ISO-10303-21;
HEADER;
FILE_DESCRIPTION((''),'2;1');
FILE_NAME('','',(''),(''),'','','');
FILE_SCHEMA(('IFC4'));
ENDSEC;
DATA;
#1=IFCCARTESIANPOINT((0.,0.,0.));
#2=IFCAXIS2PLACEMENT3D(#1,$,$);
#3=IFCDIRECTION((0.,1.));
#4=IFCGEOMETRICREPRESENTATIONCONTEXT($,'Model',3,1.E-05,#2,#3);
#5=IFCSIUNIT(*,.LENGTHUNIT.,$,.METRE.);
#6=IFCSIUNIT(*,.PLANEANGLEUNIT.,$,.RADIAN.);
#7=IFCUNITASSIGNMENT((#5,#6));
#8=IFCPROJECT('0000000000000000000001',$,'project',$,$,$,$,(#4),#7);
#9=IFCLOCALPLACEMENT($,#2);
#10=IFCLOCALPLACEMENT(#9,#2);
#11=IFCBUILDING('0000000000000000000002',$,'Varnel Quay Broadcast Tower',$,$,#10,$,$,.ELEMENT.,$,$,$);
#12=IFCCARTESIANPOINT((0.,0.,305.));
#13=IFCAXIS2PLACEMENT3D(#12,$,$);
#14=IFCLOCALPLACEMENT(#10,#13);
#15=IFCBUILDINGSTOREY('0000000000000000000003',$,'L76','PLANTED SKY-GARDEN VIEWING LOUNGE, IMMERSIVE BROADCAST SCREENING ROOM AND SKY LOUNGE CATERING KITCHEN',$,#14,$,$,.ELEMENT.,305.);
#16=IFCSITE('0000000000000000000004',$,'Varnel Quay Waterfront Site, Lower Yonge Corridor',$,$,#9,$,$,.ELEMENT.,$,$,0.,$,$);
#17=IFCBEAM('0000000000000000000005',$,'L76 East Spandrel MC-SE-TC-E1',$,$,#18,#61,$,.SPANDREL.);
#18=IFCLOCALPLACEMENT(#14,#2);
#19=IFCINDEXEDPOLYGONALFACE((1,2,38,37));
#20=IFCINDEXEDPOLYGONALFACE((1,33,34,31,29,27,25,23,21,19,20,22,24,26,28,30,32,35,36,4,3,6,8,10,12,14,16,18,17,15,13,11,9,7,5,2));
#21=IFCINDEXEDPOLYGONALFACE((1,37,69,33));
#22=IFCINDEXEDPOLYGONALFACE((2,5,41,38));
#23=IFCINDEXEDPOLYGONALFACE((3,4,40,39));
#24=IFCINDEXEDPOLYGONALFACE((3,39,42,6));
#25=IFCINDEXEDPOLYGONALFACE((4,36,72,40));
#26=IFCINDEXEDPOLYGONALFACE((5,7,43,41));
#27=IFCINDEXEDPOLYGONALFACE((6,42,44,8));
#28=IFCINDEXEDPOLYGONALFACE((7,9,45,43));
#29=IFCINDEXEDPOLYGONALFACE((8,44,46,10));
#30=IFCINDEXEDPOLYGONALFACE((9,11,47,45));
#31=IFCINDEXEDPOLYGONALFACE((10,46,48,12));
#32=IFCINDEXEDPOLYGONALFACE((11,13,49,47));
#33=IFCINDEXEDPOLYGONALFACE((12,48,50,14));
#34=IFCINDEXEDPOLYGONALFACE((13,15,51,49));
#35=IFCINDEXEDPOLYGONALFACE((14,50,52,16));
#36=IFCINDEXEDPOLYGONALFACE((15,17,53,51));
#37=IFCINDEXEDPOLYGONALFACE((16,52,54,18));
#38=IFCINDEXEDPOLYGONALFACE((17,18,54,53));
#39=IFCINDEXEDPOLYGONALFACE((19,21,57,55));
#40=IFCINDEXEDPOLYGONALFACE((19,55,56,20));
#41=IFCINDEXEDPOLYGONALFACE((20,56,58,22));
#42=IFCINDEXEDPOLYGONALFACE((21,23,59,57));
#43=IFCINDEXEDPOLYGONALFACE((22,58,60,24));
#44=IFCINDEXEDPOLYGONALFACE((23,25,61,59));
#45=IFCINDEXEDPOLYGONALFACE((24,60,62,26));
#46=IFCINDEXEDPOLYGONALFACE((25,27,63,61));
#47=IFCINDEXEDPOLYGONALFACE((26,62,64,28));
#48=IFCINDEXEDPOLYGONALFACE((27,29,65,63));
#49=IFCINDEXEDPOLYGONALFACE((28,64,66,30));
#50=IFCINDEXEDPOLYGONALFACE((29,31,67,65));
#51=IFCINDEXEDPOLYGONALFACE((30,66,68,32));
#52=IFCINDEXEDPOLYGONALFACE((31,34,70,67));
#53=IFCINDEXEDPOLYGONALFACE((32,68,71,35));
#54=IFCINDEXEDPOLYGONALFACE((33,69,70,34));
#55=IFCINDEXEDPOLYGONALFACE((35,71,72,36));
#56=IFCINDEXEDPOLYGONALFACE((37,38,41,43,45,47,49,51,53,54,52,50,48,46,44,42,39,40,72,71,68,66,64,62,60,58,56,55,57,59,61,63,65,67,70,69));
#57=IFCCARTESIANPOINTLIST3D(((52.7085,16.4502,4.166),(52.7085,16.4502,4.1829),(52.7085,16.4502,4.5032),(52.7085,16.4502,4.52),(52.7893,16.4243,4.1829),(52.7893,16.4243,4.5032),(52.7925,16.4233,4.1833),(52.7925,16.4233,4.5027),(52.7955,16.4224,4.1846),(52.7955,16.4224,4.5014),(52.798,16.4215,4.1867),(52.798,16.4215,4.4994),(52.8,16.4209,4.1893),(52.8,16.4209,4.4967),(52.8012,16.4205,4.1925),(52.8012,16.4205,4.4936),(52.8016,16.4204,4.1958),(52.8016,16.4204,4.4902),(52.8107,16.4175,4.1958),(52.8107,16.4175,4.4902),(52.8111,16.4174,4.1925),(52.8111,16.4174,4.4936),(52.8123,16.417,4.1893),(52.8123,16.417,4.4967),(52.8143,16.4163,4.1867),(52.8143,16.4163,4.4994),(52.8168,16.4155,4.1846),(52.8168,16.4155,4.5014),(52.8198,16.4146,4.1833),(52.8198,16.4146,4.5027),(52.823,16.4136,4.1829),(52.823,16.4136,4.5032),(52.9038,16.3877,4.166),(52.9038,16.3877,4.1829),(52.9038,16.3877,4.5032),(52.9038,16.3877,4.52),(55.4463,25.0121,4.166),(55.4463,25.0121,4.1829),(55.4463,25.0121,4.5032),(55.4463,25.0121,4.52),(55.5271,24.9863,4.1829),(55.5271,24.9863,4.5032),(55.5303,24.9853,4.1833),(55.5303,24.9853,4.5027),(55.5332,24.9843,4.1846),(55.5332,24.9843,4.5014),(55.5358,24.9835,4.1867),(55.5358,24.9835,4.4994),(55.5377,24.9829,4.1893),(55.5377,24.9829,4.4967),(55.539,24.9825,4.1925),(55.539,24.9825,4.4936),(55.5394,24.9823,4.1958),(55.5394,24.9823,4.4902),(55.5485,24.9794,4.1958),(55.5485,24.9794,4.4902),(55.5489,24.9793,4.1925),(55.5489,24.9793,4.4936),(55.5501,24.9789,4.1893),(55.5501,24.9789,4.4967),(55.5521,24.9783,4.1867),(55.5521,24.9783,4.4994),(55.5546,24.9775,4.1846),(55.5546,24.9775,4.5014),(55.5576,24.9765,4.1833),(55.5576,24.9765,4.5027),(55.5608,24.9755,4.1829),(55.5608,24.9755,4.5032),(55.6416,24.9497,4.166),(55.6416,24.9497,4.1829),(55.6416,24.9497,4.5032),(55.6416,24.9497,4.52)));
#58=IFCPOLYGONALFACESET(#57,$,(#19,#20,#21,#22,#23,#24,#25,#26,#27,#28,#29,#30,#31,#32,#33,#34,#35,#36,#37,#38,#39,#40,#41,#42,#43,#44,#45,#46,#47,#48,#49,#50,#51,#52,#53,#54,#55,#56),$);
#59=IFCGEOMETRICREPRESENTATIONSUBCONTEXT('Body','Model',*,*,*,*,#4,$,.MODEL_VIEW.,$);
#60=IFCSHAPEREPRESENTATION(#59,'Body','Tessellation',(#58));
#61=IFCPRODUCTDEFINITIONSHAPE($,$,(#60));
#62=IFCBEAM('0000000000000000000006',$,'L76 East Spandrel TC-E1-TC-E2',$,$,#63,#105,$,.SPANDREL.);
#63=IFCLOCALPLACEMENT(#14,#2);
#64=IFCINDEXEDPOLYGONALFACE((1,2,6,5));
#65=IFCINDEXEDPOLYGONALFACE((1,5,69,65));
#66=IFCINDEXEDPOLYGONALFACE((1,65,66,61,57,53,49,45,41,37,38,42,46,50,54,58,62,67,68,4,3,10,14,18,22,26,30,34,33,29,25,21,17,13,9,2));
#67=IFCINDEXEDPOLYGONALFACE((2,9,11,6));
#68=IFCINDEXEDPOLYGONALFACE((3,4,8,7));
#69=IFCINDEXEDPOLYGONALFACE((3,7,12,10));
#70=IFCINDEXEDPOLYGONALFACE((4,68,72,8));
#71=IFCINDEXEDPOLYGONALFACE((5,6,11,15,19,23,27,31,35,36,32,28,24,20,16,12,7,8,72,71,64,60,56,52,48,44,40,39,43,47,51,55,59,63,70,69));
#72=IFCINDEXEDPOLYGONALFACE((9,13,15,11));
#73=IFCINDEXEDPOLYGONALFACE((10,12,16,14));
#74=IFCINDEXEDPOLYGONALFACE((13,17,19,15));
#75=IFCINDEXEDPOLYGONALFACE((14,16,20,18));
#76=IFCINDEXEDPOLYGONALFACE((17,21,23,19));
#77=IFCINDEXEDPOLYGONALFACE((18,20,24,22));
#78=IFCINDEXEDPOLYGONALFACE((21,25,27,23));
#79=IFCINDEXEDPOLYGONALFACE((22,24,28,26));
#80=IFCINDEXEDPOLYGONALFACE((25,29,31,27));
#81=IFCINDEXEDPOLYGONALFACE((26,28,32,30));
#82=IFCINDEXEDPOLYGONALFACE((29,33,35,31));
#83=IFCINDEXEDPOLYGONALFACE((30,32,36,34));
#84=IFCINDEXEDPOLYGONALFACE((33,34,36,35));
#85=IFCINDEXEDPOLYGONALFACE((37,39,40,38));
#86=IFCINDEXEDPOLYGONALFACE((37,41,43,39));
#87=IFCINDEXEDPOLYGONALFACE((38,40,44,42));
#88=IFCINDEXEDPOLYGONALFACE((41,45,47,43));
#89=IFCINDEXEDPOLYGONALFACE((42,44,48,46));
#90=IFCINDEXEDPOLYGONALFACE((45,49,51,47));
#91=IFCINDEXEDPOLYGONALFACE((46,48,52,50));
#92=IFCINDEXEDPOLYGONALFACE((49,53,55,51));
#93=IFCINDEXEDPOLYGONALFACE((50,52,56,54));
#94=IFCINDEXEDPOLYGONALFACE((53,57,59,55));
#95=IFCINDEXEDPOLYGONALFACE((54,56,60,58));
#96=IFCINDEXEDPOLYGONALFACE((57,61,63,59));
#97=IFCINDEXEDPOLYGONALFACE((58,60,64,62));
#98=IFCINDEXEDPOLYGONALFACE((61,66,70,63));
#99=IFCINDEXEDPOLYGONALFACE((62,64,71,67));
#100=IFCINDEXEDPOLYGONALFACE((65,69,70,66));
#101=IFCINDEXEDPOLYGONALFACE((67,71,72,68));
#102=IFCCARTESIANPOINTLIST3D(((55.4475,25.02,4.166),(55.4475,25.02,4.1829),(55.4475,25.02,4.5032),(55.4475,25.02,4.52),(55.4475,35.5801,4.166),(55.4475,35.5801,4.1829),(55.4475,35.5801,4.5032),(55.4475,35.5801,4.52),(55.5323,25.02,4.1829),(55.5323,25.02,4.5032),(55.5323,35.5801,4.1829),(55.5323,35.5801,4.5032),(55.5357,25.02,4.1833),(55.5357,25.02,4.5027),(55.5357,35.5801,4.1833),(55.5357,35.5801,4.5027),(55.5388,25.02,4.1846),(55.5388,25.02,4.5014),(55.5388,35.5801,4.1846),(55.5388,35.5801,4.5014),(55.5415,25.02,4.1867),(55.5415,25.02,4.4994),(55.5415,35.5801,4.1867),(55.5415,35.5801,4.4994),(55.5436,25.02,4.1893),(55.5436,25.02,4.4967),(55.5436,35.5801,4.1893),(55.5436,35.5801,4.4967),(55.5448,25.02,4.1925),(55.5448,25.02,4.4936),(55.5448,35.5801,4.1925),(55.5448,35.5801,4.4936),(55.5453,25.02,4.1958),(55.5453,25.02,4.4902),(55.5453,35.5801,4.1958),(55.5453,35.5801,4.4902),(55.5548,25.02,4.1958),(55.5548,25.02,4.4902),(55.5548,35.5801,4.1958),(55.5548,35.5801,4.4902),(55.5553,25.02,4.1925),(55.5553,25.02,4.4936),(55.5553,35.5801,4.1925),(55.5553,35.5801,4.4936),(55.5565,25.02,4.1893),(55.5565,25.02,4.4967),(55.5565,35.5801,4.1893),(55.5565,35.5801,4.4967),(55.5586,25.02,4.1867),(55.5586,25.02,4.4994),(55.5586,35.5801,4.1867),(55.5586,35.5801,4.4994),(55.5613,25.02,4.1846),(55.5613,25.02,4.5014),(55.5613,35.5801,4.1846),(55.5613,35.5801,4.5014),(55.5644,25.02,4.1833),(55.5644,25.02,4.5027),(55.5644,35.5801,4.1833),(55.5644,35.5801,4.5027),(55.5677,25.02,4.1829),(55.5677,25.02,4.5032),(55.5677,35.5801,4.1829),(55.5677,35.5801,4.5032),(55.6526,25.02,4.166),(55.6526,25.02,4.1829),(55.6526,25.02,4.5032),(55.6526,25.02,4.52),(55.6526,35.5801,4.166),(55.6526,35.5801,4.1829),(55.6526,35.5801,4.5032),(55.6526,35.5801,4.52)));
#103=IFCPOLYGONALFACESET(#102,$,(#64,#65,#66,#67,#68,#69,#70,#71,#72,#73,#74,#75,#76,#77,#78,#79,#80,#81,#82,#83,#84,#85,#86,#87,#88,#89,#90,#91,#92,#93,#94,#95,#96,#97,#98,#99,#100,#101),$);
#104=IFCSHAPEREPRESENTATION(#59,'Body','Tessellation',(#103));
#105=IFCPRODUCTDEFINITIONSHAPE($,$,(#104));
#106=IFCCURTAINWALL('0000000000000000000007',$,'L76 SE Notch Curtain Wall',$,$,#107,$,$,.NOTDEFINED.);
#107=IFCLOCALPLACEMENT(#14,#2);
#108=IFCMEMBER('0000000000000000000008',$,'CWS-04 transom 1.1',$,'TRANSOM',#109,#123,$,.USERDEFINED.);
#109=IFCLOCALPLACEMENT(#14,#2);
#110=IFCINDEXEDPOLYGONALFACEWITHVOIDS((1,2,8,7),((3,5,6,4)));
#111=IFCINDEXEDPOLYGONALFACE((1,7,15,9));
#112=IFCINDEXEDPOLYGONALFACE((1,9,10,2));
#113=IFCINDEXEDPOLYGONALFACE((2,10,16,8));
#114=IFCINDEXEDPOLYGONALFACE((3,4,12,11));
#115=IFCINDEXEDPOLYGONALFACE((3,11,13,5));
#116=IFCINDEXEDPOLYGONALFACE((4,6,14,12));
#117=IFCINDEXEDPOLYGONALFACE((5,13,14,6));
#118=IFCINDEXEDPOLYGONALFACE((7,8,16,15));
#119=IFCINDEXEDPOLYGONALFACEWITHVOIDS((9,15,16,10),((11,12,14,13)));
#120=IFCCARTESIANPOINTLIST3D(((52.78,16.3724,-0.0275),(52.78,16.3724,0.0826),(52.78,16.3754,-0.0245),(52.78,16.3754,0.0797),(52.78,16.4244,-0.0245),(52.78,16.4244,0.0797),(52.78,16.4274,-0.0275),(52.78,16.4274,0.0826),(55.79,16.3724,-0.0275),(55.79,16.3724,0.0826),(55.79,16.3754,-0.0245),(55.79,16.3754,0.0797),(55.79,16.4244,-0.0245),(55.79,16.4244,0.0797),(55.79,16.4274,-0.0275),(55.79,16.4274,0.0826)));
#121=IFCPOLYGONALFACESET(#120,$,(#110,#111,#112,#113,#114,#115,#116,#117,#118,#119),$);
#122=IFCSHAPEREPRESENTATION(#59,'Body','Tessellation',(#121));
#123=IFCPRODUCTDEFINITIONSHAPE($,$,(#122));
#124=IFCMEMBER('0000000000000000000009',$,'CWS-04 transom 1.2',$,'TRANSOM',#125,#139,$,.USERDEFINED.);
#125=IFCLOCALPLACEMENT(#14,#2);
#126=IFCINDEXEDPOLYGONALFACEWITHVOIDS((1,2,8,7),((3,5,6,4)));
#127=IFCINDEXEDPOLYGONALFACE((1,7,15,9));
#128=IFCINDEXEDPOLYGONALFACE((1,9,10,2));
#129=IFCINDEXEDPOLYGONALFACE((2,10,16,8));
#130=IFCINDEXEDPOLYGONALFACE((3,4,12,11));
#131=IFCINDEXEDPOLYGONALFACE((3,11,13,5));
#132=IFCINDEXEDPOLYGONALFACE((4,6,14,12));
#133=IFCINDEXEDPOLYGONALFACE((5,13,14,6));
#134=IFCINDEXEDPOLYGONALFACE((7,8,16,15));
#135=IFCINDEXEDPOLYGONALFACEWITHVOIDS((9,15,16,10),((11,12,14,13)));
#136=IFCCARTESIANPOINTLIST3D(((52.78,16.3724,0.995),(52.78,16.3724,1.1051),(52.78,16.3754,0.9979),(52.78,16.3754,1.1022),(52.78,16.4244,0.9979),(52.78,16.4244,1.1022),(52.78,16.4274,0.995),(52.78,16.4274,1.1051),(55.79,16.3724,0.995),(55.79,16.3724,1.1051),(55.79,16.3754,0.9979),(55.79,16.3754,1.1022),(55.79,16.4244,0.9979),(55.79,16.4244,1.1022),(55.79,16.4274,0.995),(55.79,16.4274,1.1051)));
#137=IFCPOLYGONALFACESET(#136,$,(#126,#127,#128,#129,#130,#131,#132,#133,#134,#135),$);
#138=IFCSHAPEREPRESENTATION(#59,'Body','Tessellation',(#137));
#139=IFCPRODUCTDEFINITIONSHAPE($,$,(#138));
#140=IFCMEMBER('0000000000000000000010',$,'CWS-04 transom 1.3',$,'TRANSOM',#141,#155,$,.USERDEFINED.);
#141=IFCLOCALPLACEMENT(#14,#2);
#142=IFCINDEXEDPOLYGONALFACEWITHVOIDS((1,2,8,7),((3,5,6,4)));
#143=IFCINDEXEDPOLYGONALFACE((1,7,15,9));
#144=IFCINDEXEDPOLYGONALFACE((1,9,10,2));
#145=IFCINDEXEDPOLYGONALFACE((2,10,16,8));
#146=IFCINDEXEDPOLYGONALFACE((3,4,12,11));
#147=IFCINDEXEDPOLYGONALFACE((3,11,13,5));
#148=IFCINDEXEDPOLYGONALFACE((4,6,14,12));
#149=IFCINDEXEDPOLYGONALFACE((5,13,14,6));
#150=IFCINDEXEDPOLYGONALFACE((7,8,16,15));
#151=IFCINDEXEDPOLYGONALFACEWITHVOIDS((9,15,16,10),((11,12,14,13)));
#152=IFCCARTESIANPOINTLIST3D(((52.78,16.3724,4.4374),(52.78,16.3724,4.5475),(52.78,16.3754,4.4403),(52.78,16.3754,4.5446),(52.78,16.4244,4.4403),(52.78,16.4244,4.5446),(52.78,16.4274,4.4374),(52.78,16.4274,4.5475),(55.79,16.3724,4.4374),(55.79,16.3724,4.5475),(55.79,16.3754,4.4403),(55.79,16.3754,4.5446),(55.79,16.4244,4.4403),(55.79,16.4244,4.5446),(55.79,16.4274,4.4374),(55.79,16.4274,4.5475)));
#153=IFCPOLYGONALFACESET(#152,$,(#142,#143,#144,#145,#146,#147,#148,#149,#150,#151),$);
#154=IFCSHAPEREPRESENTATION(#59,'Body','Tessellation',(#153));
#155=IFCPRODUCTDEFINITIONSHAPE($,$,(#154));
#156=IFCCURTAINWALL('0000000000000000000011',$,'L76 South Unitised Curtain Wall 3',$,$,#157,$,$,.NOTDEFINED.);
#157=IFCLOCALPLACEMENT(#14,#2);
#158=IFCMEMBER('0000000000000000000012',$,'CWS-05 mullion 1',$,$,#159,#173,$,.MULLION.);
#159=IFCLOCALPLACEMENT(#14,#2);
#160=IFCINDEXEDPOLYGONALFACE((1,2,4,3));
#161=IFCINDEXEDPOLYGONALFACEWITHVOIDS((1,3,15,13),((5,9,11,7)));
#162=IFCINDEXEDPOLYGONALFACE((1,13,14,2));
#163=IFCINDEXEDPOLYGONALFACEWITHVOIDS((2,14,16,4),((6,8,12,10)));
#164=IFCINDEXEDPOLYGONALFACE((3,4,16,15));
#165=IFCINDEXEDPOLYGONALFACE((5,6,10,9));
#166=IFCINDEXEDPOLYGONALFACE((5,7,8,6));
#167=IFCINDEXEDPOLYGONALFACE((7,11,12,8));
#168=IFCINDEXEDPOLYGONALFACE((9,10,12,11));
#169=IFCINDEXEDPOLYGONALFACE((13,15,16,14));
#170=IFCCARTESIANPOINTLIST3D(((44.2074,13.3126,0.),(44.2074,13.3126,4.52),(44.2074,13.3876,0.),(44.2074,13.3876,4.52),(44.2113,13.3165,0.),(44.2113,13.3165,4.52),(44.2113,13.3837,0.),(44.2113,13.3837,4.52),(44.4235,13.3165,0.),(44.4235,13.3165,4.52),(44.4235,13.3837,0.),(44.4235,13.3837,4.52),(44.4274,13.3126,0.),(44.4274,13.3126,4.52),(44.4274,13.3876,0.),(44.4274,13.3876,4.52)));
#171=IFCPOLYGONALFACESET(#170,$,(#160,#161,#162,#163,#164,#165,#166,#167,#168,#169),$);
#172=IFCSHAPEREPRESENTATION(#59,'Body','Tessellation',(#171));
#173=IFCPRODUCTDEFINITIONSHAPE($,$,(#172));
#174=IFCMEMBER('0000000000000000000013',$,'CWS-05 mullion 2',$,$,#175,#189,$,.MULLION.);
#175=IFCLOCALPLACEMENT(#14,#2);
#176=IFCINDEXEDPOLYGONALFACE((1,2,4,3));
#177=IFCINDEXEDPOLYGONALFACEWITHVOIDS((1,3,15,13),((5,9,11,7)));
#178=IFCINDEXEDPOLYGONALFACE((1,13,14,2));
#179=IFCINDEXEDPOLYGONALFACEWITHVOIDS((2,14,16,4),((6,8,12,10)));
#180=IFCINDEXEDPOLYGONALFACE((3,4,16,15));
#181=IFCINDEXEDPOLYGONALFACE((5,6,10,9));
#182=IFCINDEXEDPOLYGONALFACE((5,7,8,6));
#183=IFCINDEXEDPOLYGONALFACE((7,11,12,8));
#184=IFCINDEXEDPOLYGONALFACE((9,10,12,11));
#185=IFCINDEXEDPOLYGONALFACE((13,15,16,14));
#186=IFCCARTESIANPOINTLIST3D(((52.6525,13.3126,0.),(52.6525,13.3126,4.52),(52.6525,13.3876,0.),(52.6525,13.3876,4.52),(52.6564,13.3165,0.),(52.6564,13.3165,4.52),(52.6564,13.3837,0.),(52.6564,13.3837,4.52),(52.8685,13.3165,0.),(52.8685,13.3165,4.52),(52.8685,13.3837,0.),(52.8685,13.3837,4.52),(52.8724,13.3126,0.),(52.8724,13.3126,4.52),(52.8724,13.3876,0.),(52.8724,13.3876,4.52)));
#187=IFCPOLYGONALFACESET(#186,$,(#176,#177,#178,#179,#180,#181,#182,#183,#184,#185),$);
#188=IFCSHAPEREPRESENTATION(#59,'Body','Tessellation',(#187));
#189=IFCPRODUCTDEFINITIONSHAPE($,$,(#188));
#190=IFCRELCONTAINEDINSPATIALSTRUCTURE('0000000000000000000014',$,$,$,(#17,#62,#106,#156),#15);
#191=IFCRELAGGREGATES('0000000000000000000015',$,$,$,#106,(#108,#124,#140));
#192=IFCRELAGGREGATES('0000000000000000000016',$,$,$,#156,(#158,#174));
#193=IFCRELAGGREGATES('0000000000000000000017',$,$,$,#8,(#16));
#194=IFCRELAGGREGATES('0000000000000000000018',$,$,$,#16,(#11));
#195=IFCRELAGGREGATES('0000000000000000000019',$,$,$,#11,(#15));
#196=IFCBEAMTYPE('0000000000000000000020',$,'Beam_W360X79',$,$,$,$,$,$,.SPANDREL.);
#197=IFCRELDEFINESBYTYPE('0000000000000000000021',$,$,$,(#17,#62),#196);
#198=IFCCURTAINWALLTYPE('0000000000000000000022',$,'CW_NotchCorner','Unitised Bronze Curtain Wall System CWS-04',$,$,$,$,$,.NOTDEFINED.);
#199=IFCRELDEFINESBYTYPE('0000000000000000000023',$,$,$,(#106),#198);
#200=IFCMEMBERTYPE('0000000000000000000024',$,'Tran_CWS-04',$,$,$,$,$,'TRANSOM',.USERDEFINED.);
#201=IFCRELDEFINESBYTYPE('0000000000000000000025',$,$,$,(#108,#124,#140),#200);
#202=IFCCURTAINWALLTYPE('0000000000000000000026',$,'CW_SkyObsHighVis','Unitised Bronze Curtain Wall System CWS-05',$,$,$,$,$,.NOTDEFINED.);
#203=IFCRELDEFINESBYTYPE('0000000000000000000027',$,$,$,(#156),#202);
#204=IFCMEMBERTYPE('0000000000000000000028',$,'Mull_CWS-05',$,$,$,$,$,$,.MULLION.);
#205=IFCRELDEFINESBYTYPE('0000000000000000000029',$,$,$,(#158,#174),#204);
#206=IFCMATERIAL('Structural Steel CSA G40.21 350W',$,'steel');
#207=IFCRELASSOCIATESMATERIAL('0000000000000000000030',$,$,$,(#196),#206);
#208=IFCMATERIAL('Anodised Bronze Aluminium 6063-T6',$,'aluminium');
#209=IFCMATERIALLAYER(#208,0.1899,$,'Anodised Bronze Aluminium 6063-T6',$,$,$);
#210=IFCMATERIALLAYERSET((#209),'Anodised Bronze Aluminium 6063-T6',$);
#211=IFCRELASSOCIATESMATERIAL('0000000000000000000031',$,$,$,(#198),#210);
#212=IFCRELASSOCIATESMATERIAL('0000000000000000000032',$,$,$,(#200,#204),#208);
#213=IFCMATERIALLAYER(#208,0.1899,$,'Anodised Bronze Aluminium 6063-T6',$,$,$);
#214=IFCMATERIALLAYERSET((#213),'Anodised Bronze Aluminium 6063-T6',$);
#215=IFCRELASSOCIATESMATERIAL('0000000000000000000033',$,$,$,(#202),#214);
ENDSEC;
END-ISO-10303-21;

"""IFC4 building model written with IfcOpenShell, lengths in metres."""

from ifc_helpers import new_model, si_unit, direction, frame, origin, origin_2d, place, context, subcontext, project, spatial, hollow_rectangle, i_section, extrude, source, transform, mapped, material, layer, layer_set, material_profile, profile_set, type_object, type_shapes, element, aggregate, save


model = new_model("IFC4")

# Units and contexts
model_context = context("Model", 3, precision=1e-05, world=origin(), true_north=direction((0.0, 1.0)))
body_context = subcontext(model_context, "Body", "Model", "MODEL_VIEW")
ifc_project = project(units=[si_unit("LENGTHUNIT", "METRE"), si_unit("PLANEANGLEUNIT", "RADIAN")], contexts=[model_context])

# Site, building, storey
site_placement = place(None, origin())
site = spatial("IfcSite", under=ifc_project, at=site_placement, Name="Varnel Quay Waterfront Site, Lower Yonge Corridor", CompositionType="ELEMENT", RefElevation=0.0)
building_placement = place(site_placement, origin())
building = spatial("IfcBuilding", under=site, at=building_placement, Name="Varnel Quay Broadcast Tower", CompositionType="ELEMENT")
storey_placement = place(building_placement, frame((0.0, 0.0, 305.0)))
storey = spatial("IfcBuildingStorey", under=building, at=storey_placement, Name="L76", Description="PLANTED SKY-GARDEN VIEWING LOUNGE, IMMERSIVE BROADCAST SCREENING ROOM AND SKY LOUNGE CATERING KITCHEN", CompositionType="ELEMENT", Elevation=305.0)

# Shared definitions
ifc_material_1 = material(Name="Structural Steel CSA G40.21 350W", Category="steel")

# Beams
ifc_material_profile_1 = material_profile(ifc_material_1, i_section(OverallWidth=0.2051, OverallDepth=0.354, WebThickness=0.0095, FlangeThickness=0.0168, FilletRadius=0.0129, at=origin_2d()), Name="W360X79")
ifc_profile_set_1 = profile_set([ifc_material_profile_1], Name="Structural Steel CSA G40.21 350W")
beam_type = type_object("IfcBeamType", Name="Beam_W360X79", PredefinedType="SPANDREL", material=ifc_profile_set_1)
shared_shape_1 = source(origin(), body_context, "Body", "SweptSolid", [
    extrude(i_section(OverallWidth=0.2051, OverallDepth=0.354, WebThickness=0.0095, FlangeThickness=0.0168, FilletRadius=0.0129, at=origin_2d()), origin(), (0.0, 0.0, 1.0), 8.989),
])
beam_1_placement = place(storey_placement, frame((52.8062, 16.4189, 4.343), z_axis=(0.304569, 0.95249, 0.0), x_axis=(-0.95249, 0.304569, 0.0)))
element("IfcBeam", 1, at=beam_1_placement, inside=storey, type_object=beam_type, Name="L76 East Spandrel MC-SE-TC-E1", PredefinedType="SPANDREL", context=body_context, shape_type="MappedRepresentation", body=[
    mapped(shared_shape_1, transform((0.0, 0.0, 0.0), x_axis=(1.0, 0.0, 0.0), y_axis=(0.0, 1.0, 0.0), z_axis=(0.0, 0.0, 1.0), scale=1.0)),
])
shared_shape_2 = source(origin(), body_context, "Body", "SweptSolid", [
    extrude(i_section(OverallWidth=0.2051, OverallDepth=0.354, WebThickness=0.0095, FlangeThickness=0.0168, FilletRadius=0.0129, at=origin_2d()), origin(), (0.0, 0.0, 1.0), 10.5601),
])
beam_2_placement = place(storey_placement, frame((55.55, 25.02, 4.343), z_axis=(0.0, 1.0, 0.0), x_axis=(-1.0, 0.0, 0.0)))
element("IfcBeam", 2, at=beam_2_placement, inside=storey, type_object=beam_type, Name="L76 East Spandrel TC-E1-TC-E2", PredefinedType="SPANDREL", context=body_context, shape_type="MappedRepresentation", body=[
    mapped(shared_shape_2, transform((0.0, 0.0, 0.0), x_axis=(1.0, 0.0, 0.0), y_axis=(0.0, 1.0, 0.0), z_axis=(0.0, 0.0, 1.0), scale=1.0)),
])

# Curtain walls, members
ifc_material_2 = material(Name="Anodised Bronze Aluminium 6063-T6", Category="aluminium")
ifc_layer_1 = layer(ifc_material_2, 0.1899, Name="Anodised Bronze Aluminium 6063-T6")
ifc_layer_set_1 = layer_set([ifc_layer_1], Name="Anodised Bronze Aluminium 6063-T6")
curtain_wall_type_1 = type_object("IfcCurtainWallType", Name="CW_NotchCorner", Description="Unitised Bronze Curtain Wall System CWS-04", PredefinedType="NOTDEFINED", material=ifc_layer_set_1)
curtain_wall_1_placement = place(storey_placement, origin())
curtain_wall_1 = element("IfcCurtainWall", 3, at=curtain_wall_1_placement, inside=storey, type_object=curtain_wall_type_1, Name="L76 SE Notch Curtain Wall", PredefinedType="NOTDEFINED")
ifc_material_profile_2 = material_profile(ifc_material_2, hollow_rectangle(XDim=0.0549, YDim=0.1101, WallThickness=0.0029, at=origin_2d()), Name="ALU55X110X3")
ifc_profile_set_2 = profile_set([ifc_material_profile_2], Name="Anodised Bronze Aluminium 6063-T6")
member_type_1 = type_object("IfcMemberType", Name="Tran_CWS-04", ElementType="TRANSOM", PredefinedType="USERDEFINED", material=ifc_profile_set_2)
shared_shape_3 = source(origin(), body_context, "Body", "SweptSolid", [
    extrude(hollow_rectangle(XDim=0.0549, YDim=0.1101, WallThickness=0.0029, at=origin_2d()), origin(), (0.0, 0.0, 1.0), 3.01),
])
type_shapes(member_type_1, [shared_shape_3])
member_1_placement = place(storey_placement, frame((52.78, 16.3999, 0.0276), z_axis=(1.0, 0.0, 0.0), x_axis=(0.0, 1.0, 0.0)))
member_1 = element("IfcMember", 4, at=member_1_placement, type_object=member_type_1, Name="CWS-04 transom 1.1", ObjectType="TRANSOM", PredefinedType="USERDEFINED", context=body_context, shape_type="MappedRepresentation", body=[
    mapped(shared_shape_3, transform((0.0, 0.0, 0.0), x_axis=(1.0, 0.0, 0.0), y_axis=(0.0, 1.0, 0.0), z_axis=(0.0, 0.0, 1.0), scale=1.0)),
])
member_2_placement = place(storey_placement, frame((52.78, 16.3999, 1.05), z_axis=(1.0, 0.0, 0.0), x_axis=(0.0, 1.0, 0.0)))
member_2 = element("IfcMember", 5, at=member_2_placement, type_object=member_type_1, Name="CWS-04 transom 1.2", ObjectType="TRANSOM", PredefinedType="USERDEFINED", context=body_context, shape_type="MappedRepresentation", body=[
    mapped(shared_shape_3, transform((0.0, 0.0, 0.0), x_axis=(1.0, 0.0, 0.0), y_axis=(0.0, 1.0, 0.0), z_axis=(0.0, 0.0, 1.0), scale=1.0)),
])
member_3_placement = place(storey_placement, frame((52.78, 16.3999, 4.4924), z_axis=(1.0, 0.0, 0.0), x_axis=(0.0, 1.0, 0.0)))
member_3 = element("IfcMember", 6, at=member_3_placement, type_object=member_type_1, Name="CWS-04 transom 1.3", ObjectType="TRANSOM", PredefinedType="USERDEFINED", context=body_context, shape_type="MappedRepresentation", body=[
    mapped(shared_shape_3, transform((0.0, 0.0, 0.0), x_axis=(1.0, 0.0, 0.0), y_axis=(0.0, 1.0, 0.0), z_axis=(0.0, 0.0, 1.0), scale=1.0)),
])
ifc_layer_2 = layer(ifc_material_2, 0.1899, Name="Anodised Bronze Aluminium 6063-T6")
ifc_layer_set_2 = layer_set([ifc_layer_2], Name="Anodised Bronze Aluminium 6063-T6")
curtain_wall_type_2 = type_object("IfcCurtainWallType", Name="CW_SkyObsHighVis", Description="Unitised Bronze Curtain Wall System CWS-05", PredefinedType="NOTDEFINED", material=ifc_layer_set_2)
curtain_wall_2_placement = place(storey_placement, origin())
curtain_wall_2 = element("IfcCurtainWall", 7, at=curtain_wall_2_placement, inside=storey, type_object=curtain_wall_type_2, Name="L76 South Unitised Curtain Wall 3", PredefinedType="NOTDEFINED")
ifc_material_profile_3 = material_profile(ifc_material_2, hollow_rectangle(XDim=0.075, YDim=0.22, WallThickness=0.0039, at=origin_2d()), Name="ALU75X220X4")
ifc_profile_set_3 = profile_set([ifc_material_profile_3], Name="Anodised Bronze Aluminium 6063-T6")
member_type_2 = type_object("IfcMemberType", Name="Mull_CWS-05", PredefinedType="MULLION", material=ifc_profile_set_3)
shared_shape_4 = source(origin(), body_context, "Body", "SweptSolid", [
    extrude(hollow_rectangle(XDim=0.075, YDim=0.22, WallThickness=0.0039, at=origin_2d()), origin(), (0.0, 0.0, 1.0), 4.52),
])
type_shapes(member_type_2, [shared_shape_4])
member_4_placement = place(storey_placement, frame((44.3174, 13.3501, 0.0), z_axis=(0.0, 0.0, 1.0), x_axis=(0.0, 1.0, 0.0)))
member_4 = element("IfcMember", 8, at=member_4_placement, type_object=member_type_2, Name="CWS-05 mullion 1", PredefinedType="MULLION", context=body_context, shape_type="MappedRepresentation", body=[
    mapped(shared_shape_4, transform((0.0, 0.0, 0.0), x_axis=(1.0, 0.0, 0.0), y_axis=(0.0, 1.0, 0.0), z_axis=(0.0, 0.0, 1.0), scale=1.0)),
])
member_5_placement = place(storey_placement, frame((52.7625, 13.3501, 0.0), z_axis=(0.0, 0.0, 1.0), x_axis=(0.0, 1.0, 0.0)))
member_5 = element("IfcMember", 9, at=member_5_placement, type_object=member_type_2, Name="CWS-05 mullion 2", PredefinedType="MULLION", context=body_context, shape_type="MappedRepresentation", body=[
    mapped(shared_shape_4, transform((0.0, 0.0, 0.0), x_axis=(1.0, 0.0, 0.0), y_axis=(0.0, 1.0, 0.0), z_axis=(0.0, 0.0, 1.0), scale=1.0)),
])

aggregate(curtain_wall_1, [member_1, member_2, member_3])
aggregate(curtain_wall_2, [member_4, member_5])

save(model, "model.ifc")
